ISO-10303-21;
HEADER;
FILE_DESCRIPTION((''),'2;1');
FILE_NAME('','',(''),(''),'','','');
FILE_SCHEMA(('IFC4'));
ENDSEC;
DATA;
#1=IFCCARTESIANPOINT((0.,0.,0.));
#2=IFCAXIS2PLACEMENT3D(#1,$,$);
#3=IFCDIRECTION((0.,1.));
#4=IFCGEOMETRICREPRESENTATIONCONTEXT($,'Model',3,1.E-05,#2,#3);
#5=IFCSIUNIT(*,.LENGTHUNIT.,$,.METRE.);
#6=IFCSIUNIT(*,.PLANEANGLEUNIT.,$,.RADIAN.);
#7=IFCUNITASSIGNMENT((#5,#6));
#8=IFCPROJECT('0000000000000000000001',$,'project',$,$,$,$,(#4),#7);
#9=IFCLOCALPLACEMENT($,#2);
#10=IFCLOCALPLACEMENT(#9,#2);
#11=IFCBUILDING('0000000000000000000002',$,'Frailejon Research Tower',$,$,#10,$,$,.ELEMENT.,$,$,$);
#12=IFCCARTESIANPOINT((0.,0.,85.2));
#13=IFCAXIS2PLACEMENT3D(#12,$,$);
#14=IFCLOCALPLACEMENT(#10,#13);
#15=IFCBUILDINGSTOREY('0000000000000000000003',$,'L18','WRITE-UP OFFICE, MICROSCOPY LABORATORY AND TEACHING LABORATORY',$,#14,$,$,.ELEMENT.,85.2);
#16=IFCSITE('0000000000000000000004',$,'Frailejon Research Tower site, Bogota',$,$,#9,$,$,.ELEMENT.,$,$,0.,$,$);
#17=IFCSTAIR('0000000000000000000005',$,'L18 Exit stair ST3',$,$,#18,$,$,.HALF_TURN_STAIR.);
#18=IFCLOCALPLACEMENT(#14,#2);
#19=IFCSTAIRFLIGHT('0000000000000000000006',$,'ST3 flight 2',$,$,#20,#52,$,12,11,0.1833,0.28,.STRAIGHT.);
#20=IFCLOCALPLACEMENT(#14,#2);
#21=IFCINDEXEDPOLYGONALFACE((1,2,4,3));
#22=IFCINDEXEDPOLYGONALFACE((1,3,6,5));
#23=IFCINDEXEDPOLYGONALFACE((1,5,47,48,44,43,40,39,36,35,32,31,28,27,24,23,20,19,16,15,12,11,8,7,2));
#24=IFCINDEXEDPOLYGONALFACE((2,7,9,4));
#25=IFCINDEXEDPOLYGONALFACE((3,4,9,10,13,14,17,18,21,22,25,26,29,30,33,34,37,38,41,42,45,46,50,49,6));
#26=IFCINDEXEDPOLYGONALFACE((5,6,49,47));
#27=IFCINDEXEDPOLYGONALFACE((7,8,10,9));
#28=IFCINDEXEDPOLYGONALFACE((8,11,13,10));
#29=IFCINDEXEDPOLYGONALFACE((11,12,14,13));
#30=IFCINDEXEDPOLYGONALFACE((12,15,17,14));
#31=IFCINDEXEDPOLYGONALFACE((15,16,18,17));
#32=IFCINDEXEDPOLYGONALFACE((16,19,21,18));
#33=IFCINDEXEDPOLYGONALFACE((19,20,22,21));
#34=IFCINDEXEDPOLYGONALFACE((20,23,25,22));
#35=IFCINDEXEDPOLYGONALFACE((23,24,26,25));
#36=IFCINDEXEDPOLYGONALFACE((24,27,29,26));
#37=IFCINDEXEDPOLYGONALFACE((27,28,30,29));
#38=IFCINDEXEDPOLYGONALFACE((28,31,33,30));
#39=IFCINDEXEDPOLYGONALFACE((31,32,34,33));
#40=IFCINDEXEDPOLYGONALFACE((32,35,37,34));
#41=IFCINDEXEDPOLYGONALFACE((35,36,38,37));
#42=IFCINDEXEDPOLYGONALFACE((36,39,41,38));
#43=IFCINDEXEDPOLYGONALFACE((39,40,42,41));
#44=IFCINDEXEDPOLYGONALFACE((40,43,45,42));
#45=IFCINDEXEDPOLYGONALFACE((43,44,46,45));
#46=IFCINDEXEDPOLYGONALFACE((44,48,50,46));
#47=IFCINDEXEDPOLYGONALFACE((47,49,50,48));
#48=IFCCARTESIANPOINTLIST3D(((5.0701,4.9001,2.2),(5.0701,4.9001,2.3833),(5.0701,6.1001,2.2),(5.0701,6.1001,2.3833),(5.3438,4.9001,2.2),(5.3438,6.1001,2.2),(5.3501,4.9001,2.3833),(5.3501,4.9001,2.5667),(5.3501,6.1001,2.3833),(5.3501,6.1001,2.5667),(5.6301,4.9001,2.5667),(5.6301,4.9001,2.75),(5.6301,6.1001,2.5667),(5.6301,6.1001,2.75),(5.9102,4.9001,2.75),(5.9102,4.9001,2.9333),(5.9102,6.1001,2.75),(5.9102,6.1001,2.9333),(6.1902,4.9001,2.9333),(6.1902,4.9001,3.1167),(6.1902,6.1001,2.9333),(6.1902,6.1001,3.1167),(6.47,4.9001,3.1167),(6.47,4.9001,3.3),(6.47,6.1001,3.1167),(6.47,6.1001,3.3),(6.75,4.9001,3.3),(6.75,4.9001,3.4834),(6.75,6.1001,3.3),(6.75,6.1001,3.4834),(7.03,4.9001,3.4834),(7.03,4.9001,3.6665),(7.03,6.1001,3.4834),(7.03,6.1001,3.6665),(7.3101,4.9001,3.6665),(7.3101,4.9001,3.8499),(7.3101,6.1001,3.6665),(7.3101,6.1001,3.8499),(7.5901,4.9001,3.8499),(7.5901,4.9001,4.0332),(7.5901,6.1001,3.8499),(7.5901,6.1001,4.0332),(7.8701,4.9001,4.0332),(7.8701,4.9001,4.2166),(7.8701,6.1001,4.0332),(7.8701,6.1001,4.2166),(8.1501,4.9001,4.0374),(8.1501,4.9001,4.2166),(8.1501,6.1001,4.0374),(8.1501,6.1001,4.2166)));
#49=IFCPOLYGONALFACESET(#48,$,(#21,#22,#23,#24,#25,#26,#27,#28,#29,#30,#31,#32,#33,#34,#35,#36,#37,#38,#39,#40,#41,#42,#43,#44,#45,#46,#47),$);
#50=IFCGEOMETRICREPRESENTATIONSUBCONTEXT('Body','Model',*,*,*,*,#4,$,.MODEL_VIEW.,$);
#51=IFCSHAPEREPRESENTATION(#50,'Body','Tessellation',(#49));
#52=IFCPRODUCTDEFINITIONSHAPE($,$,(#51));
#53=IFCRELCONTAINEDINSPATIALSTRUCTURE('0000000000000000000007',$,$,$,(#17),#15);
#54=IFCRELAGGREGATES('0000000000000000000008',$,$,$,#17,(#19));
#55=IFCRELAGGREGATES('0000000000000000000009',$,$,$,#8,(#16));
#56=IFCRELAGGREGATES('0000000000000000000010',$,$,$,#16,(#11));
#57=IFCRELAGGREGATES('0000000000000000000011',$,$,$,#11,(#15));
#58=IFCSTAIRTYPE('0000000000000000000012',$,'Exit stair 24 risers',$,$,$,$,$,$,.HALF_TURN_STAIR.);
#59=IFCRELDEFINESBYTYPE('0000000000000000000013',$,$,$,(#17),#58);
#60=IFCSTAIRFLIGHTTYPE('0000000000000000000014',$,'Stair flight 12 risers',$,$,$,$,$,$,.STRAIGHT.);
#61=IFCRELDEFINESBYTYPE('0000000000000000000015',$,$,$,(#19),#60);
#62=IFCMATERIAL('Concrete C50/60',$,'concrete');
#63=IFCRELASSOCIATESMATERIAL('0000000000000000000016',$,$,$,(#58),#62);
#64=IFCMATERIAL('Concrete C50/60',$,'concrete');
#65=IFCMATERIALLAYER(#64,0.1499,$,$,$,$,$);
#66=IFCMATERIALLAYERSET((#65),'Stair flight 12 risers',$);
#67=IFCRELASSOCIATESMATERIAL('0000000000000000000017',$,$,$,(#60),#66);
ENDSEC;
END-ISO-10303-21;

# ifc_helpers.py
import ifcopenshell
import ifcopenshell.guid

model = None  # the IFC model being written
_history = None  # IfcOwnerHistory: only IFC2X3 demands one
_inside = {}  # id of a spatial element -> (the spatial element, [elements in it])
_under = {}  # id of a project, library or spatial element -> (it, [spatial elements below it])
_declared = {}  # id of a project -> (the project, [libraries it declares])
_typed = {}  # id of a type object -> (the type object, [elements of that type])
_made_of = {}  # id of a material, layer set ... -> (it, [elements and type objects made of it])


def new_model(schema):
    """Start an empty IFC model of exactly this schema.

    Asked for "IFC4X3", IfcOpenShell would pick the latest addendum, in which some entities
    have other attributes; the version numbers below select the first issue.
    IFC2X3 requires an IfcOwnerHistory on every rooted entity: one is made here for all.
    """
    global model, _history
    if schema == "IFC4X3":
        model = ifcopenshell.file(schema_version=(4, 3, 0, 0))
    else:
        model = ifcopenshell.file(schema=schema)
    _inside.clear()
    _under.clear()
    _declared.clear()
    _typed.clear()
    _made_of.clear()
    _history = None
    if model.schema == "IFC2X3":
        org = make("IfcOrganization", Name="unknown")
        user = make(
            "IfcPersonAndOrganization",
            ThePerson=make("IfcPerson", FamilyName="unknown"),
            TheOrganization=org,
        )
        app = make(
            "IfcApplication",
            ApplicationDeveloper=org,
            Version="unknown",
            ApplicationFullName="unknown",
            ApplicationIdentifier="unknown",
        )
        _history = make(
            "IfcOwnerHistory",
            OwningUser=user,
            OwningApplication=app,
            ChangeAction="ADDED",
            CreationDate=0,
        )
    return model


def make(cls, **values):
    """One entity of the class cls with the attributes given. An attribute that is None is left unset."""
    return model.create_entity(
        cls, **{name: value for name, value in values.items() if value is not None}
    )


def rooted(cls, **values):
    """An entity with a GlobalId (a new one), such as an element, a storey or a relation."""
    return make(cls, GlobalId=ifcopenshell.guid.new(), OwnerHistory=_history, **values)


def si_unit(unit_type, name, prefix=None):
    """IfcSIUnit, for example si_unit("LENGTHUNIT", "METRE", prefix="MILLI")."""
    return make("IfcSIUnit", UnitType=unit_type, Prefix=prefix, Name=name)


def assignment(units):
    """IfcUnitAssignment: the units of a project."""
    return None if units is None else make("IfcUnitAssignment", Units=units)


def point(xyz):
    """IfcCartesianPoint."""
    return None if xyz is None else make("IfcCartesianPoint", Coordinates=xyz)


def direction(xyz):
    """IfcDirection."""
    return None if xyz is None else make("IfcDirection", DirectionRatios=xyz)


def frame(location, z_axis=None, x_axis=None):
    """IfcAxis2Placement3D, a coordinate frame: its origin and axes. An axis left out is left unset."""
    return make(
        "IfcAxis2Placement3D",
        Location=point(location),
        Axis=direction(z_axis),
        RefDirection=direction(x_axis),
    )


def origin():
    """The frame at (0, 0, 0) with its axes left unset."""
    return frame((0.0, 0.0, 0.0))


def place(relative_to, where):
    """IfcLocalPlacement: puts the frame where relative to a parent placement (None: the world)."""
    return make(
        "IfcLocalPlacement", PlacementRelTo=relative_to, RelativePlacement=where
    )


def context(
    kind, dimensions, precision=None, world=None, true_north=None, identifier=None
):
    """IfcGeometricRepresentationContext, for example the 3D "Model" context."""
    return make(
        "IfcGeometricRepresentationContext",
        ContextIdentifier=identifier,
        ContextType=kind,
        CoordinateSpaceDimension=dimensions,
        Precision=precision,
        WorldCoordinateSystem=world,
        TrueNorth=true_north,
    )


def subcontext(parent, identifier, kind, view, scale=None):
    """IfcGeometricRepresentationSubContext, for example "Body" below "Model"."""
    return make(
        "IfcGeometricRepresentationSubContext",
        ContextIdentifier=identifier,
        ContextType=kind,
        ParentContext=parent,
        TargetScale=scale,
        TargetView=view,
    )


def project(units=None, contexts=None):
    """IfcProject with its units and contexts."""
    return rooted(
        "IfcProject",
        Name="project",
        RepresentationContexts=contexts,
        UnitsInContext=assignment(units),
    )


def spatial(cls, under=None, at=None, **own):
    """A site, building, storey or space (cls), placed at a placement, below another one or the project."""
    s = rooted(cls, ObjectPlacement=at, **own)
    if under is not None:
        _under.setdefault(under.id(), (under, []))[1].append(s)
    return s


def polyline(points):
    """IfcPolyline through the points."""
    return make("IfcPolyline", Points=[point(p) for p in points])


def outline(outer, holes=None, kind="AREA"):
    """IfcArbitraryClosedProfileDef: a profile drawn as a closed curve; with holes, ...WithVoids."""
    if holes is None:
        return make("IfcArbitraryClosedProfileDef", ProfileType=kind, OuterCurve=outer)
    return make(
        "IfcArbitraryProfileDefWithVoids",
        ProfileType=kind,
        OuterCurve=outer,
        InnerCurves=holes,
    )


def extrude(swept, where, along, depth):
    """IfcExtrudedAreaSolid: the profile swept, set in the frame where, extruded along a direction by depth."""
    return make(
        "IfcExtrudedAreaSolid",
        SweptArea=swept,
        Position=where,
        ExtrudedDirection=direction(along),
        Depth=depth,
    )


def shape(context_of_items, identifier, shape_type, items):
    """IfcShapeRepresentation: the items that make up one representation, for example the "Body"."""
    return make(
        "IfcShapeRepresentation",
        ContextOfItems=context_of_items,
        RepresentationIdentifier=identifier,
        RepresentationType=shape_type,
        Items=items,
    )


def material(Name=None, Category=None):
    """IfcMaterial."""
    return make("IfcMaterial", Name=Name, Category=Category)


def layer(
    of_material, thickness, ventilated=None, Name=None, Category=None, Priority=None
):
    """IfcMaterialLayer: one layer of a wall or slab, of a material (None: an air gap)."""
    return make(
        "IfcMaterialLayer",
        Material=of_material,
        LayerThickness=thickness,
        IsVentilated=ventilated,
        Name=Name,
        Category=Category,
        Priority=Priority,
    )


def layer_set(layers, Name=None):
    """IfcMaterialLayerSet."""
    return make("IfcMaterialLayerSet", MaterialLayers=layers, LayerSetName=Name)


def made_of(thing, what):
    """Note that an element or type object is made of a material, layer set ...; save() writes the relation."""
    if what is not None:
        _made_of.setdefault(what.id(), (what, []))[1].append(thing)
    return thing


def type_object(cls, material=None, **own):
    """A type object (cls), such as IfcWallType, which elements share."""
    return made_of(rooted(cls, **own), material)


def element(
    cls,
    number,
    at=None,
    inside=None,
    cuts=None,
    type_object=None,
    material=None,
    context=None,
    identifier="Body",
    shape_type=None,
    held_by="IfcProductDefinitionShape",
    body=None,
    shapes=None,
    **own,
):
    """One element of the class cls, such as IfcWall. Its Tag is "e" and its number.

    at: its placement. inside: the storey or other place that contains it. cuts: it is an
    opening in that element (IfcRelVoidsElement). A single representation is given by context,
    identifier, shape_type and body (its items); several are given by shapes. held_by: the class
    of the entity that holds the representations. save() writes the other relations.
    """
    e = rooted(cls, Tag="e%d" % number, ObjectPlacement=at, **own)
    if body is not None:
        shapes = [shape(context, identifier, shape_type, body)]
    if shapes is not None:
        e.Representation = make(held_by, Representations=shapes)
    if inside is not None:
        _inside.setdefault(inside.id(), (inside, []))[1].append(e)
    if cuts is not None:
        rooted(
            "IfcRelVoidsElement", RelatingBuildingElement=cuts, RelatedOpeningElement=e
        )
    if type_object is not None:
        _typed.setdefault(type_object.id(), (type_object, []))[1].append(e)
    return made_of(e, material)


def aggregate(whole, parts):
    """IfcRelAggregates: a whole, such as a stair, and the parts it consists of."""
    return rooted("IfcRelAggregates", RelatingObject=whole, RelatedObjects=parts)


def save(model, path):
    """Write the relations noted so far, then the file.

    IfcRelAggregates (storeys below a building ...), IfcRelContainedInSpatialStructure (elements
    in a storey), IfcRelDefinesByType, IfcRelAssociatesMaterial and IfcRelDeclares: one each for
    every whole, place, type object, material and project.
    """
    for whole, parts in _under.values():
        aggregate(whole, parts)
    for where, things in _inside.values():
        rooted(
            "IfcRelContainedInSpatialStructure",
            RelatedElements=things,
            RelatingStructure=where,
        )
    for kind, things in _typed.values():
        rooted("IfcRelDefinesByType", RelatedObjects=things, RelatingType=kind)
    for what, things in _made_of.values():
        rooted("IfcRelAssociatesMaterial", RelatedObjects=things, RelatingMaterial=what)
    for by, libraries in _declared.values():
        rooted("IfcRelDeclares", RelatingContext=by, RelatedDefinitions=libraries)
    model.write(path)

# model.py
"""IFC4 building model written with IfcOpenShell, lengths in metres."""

from ifc_helpers import new_model, si_unit, direction, frame, origin, place, context, subcontext, project, spatial, polyline, outline, extrude, material, layer, layer_set, type_object, element, aggregate, save


model = new_model("IFC4")

# Units and contexts
model_context = context("Model", 3, precision=1e-05, world=origin(), true_north=direction((0.0, 1.0)))
body_context = subcontext(model_context, "Body", "Model", "MODEL_VIEW")
ifc_project = project(units=[si_unit("LENGTHUNIT", "METRE"), si_unit("PLANEANGLEUNIT", "RADIAN")], contexts=[model_context])

# Site, building, storey
site_placement = place(None, origin())
site = spatial("IfcSite", under=ifc_project, at=site_placement, Name="Frailejon Research Tower site, Bogota", CompositionType="ELEMENT", RefElevation=0.0)
building_placement = place(site_placement, origin())
building = spatial("IfcBuilding", under=site, at=building_placement, Name="Frailejon Research Tower", CompositionType="ELEMENT")
storey_placement = place(building_placement, frame((0.0, 0.0, 85.2)))
storey = spatial("IfcBuildingStorey", under=building, at=storey_placement, Name="L18", Description="WRITE-UP OFFICE, MICROSCOPY LABORATORY AND TEACHING LABORATORY", CompositionType="ELEMENT", Elevation=85.2)

# Stair
ifc_material_1 = material(Name="Concrete C50/60", Category="concrete")
stair_type = type_object("IfcStairType", Name="Exit stair 24 risers", PredefinedType="HALF_TURN_STAIR", material=ifc_material_1)
stair_1_placement = place(storey_placement, origin())
stair_1 = element("IfcStair", 1, at=stair_1_placement, inside=storey, type_object=stair_type, Name="L18 Exit stair ST3", PredefinedType="HALF_TURN_STAIR")

# Stair flight
ifc_material_2 = material(Name="Concrete C50/60", Category="concrete")
ifc_layer_1 = layer(ifc_material_2, 0.1499)
ifc_layer_set_1 = layer_set([ifc_layer_1], Name="Stair flight 12 risers")
stair_flight_type = type_object("IfcStairFlightType", Name="Stair flight 12 risers", PredefinedType="STRAIGHT", material=ifc_layer_set_1)
stair_flight_1_placement = place(storey_placement, frame((5.0701, 5.5, 2.2), z_axis=(0.0, 0.0, 1.0), x_axis=(1.0, 0.0, 0.0)))
stair_flight_1 = element("IfcStairFlight", 2, at=stair_flight_1_placement, type_object=stair_flight_type, Name="ST3 flight 2", NumberOfRisers=12, NumberOfTreads=11, PredefinedType="STRAIGHT", RiserHeight=0.1833, TreadLength=0.28, context=body_context, shape_type="SweptSolid", body=[
    extrude(outline(polyline([(0.0, 0.0), (0.0, 0.1833), (0.28, 0.1833), (0.28, 0.3667), (0.5601, 0.3667), (0.5601, 0.55), (0.8401, 0.55), (0.8401, 0.7334), (1.1201, 0.7334), (1.1201, 0.9167), (1.3999, 0.9167), (1.3999, 1.1001), (1.6799, 1.1001), (1.6799, 1.2834), (1.96, 1.2834), (1.96, 1.4666), (2.24, 1.4666), (2.24, 1.6499), (2.52, 1.6499), (2.52, 1.8333), (2.8, 1.8333), (2.8, 2.0166), (3.0801, 2.0166), (3.0801, 2.2), (3.0801, 1.8374), (0.2737, 0.0), (0.0, 0.0)])), frame((0.0, 0.6001, 0.0), z_axis=(0.0, -1.0, 0.0), x_axis=(1.0, 0.0, 0.0)), (0.0, 0.0, 1.0), 1.2),
])
aggregate(stair_1, [stair_flight_1])

save(model, "model.ifc")
